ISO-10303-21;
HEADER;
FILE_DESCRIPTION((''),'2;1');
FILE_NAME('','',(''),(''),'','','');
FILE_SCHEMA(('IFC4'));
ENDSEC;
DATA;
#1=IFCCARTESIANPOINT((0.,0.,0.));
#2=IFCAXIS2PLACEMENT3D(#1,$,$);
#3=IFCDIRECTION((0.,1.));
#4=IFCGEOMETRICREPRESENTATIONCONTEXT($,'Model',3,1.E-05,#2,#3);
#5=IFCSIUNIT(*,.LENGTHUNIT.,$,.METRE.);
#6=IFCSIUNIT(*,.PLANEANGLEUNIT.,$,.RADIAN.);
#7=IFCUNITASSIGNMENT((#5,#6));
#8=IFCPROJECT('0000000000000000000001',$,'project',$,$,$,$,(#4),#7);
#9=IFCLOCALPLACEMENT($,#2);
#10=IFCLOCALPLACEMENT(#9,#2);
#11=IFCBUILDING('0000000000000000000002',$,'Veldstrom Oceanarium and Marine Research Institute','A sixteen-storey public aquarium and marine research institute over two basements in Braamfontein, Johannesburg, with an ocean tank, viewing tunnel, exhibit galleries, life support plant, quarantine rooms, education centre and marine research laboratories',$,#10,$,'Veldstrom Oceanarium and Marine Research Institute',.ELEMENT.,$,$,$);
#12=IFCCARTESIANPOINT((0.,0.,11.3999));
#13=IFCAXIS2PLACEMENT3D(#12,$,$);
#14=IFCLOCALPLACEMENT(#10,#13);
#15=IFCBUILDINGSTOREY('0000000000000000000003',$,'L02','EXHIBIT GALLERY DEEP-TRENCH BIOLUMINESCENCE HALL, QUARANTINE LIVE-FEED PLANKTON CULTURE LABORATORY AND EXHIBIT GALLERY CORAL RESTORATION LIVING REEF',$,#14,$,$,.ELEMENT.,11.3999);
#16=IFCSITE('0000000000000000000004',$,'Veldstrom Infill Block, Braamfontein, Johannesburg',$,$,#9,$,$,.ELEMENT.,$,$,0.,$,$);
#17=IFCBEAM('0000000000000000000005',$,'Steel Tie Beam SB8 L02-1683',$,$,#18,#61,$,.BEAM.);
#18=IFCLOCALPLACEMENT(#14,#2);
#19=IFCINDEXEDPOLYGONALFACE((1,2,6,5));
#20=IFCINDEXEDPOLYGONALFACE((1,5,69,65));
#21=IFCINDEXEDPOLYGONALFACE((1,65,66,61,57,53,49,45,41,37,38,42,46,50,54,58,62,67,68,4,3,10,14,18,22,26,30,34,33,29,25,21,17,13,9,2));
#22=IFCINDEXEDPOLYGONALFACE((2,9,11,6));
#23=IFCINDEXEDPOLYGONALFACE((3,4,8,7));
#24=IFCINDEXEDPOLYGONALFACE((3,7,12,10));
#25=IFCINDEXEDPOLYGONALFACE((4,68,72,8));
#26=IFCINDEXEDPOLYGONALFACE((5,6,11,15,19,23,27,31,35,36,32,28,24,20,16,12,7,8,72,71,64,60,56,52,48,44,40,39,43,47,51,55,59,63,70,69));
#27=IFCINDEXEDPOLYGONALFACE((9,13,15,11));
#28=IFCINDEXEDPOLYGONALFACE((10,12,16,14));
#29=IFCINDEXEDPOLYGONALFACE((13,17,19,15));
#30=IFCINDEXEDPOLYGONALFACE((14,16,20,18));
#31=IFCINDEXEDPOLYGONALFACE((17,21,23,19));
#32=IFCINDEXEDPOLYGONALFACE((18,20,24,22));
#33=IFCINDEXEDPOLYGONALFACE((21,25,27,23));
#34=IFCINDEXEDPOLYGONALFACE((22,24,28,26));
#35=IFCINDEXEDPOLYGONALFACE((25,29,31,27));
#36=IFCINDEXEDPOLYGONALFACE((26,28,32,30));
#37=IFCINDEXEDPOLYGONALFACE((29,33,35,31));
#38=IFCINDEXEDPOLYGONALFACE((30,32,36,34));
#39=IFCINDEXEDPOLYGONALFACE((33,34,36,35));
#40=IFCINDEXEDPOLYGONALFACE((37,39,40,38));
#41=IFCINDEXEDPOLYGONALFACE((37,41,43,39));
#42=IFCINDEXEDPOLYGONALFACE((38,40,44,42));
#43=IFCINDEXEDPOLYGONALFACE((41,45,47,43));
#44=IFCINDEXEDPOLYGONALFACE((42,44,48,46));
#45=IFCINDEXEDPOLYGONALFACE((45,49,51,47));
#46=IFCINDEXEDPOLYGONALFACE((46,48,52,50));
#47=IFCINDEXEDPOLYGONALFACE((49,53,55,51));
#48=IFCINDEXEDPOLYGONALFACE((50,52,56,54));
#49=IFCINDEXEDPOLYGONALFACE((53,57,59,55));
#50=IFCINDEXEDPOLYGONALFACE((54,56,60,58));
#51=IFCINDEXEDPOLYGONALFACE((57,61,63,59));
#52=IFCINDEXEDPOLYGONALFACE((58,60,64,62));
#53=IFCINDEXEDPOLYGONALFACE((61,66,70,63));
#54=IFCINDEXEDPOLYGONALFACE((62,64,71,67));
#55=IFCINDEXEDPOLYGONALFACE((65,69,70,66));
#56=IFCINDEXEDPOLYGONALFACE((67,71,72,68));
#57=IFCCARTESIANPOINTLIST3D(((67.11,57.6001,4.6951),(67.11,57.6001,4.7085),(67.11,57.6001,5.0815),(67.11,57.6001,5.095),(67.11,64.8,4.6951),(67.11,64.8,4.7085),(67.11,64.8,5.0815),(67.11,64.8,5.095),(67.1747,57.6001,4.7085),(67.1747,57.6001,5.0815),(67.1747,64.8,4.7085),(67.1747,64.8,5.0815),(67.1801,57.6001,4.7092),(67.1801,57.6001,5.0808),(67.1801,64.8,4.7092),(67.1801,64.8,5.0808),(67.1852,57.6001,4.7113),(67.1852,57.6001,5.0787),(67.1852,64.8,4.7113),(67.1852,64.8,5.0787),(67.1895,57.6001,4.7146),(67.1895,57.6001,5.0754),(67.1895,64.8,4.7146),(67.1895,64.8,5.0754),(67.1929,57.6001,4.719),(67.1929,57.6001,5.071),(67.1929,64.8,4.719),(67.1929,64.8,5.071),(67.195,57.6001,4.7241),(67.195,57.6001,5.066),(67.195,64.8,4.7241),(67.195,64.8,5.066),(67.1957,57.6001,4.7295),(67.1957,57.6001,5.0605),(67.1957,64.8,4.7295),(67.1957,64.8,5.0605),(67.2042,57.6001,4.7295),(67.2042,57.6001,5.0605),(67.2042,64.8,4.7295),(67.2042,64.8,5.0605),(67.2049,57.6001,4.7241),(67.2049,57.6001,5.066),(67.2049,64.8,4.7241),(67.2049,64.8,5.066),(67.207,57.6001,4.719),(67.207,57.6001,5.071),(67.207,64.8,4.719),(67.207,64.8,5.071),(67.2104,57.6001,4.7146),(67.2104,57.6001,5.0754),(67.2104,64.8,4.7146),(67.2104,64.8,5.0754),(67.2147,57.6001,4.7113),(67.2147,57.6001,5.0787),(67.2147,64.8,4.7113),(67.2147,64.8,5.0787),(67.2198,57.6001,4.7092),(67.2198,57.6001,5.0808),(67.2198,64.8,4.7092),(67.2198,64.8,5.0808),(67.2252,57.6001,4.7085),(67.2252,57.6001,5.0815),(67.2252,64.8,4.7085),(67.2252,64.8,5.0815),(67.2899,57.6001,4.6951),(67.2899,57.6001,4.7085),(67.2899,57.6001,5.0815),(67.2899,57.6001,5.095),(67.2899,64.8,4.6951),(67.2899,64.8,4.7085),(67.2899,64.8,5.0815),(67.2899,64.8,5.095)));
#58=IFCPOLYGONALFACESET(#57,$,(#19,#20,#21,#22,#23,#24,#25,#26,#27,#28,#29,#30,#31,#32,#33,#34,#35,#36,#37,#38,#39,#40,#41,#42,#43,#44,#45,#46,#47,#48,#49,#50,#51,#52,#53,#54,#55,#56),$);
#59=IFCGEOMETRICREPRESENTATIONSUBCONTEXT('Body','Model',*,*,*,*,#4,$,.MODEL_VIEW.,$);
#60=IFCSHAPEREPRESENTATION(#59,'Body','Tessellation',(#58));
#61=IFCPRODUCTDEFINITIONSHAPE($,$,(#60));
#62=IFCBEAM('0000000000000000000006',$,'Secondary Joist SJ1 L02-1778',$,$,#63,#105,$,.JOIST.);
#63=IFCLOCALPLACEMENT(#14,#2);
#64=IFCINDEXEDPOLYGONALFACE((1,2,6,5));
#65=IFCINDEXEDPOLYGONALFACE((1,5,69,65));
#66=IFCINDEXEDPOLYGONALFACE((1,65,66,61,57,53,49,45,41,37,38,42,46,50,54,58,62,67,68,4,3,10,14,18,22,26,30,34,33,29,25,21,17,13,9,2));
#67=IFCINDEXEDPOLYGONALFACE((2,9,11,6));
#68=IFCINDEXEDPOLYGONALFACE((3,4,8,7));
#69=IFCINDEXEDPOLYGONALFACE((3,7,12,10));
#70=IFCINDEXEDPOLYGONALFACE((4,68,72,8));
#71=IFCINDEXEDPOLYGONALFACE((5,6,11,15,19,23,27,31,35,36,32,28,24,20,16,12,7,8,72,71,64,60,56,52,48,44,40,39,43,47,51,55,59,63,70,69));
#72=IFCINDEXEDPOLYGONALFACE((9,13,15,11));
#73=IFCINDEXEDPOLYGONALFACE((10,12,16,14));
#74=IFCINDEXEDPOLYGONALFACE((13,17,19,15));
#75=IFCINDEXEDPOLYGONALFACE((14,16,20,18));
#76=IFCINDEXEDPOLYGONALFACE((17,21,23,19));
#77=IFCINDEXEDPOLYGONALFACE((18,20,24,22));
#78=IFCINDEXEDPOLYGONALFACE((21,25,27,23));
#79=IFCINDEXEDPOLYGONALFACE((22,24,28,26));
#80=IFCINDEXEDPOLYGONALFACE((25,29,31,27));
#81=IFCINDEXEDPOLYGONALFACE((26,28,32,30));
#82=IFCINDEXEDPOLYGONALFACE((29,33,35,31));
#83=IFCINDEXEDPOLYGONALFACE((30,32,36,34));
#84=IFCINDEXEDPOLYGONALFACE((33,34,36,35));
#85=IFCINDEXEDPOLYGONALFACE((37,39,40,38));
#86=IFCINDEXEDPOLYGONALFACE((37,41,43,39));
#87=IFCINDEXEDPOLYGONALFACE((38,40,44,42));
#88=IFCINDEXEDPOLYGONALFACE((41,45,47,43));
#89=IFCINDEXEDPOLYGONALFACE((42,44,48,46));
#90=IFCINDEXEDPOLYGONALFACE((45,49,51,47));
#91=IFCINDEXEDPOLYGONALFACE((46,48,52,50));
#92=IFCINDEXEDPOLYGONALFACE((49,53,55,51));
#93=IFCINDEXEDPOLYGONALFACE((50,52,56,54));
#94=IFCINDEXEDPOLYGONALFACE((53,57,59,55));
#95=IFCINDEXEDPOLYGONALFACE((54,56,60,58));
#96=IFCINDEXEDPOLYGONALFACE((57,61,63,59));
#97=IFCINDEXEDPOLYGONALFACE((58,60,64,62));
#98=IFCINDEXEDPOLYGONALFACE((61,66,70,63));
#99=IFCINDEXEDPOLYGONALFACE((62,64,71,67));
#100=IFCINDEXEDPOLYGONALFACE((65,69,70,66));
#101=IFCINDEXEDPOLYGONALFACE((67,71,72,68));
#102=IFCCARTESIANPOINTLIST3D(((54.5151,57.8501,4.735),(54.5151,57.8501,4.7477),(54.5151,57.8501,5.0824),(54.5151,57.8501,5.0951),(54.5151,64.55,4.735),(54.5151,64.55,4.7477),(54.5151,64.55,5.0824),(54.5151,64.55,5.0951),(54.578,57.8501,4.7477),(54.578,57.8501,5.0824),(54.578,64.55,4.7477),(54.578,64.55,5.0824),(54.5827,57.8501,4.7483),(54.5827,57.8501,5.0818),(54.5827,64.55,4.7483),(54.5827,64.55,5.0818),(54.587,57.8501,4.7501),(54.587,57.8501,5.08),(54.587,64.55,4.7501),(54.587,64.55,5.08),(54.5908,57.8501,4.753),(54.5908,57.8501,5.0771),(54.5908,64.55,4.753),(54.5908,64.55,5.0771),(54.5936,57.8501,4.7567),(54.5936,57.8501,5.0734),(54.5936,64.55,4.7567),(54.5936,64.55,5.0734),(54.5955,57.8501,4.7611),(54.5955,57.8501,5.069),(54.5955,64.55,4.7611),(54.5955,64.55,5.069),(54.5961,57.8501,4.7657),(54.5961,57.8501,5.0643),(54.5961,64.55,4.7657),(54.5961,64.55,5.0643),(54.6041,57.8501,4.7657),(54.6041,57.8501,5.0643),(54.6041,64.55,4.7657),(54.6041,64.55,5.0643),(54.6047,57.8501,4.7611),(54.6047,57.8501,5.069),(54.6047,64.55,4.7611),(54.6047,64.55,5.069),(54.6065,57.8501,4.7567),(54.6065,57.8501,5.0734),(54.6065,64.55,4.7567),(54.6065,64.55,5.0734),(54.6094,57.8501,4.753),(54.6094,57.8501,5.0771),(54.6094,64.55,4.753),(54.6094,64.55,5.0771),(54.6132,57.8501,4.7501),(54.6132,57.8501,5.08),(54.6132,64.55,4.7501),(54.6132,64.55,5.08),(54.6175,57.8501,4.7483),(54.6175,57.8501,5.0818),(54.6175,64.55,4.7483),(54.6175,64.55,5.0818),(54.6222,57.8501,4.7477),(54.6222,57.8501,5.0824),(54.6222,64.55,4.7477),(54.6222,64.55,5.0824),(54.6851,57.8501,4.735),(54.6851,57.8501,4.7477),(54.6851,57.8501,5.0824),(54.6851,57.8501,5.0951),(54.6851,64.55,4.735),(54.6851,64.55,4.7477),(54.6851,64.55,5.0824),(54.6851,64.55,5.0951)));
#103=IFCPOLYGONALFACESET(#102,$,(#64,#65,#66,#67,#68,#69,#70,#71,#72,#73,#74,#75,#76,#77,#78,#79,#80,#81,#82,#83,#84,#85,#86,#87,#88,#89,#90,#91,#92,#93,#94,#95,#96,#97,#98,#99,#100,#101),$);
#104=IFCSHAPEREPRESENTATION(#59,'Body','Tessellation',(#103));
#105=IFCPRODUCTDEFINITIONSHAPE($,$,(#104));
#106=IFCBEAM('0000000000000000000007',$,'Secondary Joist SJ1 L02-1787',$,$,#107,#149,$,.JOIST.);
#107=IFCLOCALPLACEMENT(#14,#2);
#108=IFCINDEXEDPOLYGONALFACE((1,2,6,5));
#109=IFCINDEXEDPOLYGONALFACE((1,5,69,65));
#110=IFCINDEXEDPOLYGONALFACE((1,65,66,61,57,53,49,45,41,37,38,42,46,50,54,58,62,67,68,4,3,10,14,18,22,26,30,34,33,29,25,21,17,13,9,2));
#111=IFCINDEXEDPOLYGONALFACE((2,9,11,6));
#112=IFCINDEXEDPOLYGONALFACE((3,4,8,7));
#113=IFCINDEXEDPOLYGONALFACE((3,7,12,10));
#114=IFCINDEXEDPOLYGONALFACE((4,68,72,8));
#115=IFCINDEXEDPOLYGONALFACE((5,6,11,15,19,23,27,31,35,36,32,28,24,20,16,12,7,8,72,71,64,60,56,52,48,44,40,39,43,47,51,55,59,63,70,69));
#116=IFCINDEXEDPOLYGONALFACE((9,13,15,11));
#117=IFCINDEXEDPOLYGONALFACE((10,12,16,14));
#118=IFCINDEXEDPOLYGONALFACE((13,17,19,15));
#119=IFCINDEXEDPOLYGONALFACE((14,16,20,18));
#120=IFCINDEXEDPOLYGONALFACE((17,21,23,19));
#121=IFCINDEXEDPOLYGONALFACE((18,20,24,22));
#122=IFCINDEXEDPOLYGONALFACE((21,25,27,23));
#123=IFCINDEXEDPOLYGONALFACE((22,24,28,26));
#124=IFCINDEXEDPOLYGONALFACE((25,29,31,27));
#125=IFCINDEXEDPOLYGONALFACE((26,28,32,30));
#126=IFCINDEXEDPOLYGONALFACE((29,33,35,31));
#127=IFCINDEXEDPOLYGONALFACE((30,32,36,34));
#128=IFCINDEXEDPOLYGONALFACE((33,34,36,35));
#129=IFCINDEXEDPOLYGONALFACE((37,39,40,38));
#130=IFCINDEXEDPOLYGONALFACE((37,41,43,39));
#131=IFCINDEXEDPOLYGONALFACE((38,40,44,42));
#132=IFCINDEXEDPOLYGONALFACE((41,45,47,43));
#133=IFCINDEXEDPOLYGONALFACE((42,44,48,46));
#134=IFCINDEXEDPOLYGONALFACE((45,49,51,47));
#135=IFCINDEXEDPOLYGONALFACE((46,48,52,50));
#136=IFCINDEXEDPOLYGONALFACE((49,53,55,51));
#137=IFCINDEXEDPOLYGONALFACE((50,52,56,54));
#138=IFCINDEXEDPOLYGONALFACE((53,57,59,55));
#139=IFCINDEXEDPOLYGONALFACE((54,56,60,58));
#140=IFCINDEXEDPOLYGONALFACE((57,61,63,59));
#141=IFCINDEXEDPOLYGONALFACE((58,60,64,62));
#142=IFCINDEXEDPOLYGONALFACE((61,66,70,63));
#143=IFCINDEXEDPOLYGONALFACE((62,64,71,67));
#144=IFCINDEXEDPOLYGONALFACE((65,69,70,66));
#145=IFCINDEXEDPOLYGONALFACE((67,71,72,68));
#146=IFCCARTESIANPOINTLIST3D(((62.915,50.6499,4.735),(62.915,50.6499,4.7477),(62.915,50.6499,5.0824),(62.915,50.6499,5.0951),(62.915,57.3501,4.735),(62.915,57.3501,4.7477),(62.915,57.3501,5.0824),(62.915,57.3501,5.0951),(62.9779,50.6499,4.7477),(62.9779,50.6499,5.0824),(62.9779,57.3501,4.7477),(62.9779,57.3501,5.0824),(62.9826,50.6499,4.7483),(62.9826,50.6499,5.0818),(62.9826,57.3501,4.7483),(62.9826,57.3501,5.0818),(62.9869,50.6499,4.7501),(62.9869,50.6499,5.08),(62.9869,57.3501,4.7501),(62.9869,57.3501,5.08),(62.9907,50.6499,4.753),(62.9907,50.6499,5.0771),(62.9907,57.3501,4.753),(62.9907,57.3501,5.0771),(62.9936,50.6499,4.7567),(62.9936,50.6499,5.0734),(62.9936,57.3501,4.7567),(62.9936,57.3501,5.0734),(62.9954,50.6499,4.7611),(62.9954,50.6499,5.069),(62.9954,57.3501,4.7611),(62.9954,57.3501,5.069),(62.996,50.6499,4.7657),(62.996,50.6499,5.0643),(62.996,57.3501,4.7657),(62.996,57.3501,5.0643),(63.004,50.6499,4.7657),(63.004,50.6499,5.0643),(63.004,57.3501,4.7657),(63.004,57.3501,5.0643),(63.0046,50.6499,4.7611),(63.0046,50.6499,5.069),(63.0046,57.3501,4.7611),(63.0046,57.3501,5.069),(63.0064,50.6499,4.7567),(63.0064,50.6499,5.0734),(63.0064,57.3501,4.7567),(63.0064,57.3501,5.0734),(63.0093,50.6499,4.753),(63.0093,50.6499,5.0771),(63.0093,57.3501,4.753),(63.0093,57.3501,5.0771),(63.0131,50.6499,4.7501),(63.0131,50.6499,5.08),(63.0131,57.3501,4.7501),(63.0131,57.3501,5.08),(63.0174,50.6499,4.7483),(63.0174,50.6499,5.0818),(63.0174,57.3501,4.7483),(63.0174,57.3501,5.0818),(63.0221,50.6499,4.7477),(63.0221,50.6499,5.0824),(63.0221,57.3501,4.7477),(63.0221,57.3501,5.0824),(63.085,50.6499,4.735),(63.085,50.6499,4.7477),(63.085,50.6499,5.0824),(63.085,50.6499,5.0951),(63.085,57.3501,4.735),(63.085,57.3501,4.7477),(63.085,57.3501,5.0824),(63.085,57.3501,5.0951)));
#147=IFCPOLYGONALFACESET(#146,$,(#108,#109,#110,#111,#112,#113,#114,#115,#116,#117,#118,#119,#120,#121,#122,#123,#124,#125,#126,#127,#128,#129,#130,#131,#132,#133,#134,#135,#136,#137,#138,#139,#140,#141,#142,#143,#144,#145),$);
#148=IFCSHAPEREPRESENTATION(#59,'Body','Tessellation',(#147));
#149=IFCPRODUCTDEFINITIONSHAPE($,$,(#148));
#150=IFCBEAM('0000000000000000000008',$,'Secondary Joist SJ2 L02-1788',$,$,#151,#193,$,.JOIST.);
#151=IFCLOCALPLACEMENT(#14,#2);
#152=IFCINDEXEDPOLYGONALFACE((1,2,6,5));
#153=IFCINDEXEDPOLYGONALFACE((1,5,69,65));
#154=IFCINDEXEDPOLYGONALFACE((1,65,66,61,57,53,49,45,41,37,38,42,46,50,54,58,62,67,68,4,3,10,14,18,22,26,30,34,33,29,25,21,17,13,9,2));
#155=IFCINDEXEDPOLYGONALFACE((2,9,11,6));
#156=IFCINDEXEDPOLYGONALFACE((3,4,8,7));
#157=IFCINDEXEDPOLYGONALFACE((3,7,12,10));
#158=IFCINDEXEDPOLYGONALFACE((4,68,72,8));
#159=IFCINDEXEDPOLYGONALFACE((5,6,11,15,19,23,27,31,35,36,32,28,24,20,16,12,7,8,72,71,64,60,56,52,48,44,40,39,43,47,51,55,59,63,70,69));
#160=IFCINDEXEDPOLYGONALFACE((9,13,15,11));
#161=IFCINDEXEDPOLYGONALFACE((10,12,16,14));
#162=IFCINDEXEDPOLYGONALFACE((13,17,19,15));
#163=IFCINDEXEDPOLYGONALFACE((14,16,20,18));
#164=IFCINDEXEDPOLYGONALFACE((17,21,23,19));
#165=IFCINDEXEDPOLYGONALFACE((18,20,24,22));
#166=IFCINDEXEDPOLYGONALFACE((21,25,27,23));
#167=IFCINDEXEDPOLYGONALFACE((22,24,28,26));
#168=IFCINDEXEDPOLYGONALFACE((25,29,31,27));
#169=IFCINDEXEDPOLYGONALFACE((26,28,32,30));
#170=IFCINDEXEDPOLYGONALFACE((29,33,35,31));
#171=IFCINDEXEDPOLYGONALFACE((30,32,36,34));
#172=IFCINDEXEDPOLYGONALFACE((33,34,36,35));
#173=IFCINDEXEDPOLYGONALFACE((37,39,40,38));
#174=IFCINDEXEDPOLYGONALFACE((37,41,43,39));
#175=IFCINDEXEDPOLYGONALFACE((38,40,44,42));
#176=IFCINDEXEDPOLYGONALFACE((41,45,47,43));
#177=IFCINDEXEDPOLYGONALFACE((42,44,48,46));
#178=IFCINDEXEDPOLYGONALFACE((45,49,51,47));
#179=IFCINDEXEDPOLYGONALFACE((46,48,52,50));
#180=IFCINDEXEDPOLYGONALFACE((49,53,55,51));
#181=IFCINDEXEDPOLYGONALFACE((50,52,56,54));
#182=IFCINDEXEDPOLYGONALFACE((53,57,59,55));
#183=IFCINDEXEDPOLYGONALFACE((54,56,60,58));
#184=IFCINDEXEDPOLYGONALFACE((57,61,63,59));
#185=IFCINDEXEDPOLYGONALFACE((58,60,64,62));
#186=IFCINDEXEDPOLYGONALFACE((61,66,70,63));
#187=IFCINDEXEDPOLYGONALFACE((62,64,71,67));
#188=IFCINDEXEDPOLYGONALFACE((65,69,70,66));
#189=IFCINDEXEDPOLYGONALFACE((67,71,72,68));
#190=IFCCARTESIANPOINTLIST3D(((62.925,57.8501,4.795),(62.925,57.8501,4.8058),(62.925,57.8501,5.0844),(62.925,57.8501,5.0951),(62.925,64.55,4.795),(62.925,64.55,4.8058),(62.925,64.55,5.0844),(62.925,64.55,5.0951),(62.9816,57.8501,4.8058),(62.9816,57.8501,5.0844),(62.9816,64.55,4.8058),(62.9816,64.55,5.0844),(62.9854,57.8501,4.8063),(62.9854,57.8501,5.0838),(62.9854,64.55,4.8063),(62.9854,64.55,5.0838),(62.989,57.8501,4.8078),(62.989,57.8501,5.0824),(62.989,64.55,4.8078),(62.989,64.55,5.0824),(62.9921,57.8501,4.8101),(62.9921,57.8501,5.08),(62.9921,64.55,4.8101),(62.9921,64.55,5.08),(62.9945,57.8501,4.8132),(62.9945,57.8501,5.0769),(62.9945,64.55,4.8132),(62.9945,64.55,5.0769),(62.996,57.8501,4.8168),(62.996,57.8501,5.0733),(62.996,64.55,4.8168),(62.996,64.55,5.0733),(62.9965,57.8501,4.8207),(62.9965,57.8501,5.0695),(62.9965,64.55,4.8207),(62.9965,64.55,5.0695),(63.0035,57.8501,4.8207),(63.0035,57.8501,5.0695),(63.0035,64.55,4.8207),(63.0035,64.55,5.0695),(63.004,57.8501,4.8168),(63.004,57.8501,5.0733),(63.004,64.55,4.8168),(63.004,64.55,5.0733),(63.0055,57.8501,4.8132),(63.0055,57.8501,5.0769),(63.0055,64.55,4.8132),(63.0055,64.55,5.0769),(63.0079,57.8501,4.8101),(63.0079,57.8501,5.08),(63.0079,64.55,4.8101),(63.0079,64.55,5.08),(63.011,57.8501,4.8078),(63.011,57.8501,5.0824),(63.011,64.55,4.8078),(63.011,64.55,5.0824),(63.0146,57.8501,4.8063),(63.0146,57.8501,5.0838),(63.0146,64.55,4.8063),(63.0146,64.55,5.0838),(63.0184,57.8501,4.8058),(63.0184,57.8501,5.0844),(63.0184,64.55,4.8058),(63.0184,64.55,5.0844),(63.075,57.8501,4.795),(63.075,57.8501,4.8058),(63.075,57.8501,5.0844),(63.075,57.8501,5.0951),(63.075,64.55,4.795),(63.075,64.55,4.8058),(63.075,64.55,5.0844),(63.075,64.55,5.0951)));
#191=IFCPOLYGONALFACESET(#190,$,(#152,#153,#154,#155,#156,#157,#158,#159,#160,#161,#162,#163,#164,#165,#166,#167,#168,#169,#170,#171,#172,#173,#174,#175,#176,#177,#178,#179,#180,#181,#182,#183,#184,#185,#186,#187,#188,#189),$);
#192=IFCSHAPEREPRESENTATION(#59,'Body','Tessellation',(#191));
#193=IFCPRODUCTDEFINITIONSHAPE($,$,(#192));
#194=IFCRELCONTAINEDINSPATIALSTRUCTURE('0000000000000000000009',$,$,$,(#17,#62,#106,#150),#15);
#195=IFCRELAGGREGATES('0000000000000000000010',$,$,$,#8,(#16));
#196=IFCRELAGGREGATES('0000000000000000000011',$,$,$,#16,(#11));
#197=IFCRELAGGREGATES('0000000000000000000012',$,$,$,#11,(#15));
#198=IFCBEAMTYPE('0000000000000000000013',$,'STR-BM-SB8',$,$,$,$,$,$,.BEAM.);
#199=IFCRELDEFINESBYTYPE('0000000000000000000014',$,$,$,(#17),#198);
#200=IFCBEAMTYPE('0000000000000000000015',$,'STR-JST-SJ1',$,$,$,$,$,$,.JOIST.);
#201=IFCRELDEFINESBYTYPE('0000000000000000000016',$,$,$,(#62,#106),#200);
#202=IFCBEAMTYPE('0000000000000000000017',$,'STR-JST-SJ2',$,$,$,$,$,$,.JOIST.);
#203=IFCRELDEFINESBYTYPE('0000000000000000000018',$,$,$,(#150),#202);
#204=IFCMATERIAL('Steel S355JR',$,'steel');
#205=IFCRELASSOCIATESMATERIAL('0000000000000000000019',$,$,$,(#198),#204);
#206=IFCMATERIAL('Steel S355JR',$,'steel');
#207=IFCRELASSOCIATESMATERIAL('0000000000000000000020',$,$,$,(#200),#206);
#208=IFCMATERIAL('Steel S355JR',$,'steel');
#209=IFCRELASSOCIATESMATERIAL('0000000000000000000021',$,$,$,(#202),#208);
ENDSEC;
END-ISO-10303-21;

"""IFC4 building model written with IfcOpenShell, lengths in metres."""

from ifc_helpers import new_model, si_unit, direction, frame, origin, origin_2d, place, context, subcontext, project, spatial, i_section, extrude, material, material_profile, profile_set, type_object, element, save


model = new_model("IFC4")

# Units and contexts
model_context = context("Model", 3, precision=1e-05, world=origin(), true_north=direction((0.0, 1.0)))
body_context = subcontext(model_context, "Body", "Model", "MODEL_VIEW")
ifc_project = project(units=[si_unit("LENGTHUNIT", "METRE"), si_unit("PLANEANGLEUNIT", "RADIAN")], contexts=[model_context])

# Site, building, storey
site_placement = place(None, origin())
site = spatial("IfcSite", under=ifc_project, at=site_placement, Name="Veldstrom Infill Block, Braamfontein, Johannesburg", CompositionType="ELEMENT", RefElevation=0.0)
building_placement = place(site_placement, origin())
building = spatial("IfcBuilding", under=site, at=building_placement, Name="Veldstrom Oceanarium and Marine Research Institute", Description="A sixteen-storey public aquarium and marine research institute over two basements in Braamfontein, Johannesburg, with an ocean tank, viewing tunnel, exhibit galleries, life support plant, quarantine rooms, education centre and marine research laboratories", LongName="Veldstrom Oceanarium and Marine Research Institute", CompositionType="ELEMENT")
storey_placement = place(building_placement, frame((0.0, 0.0, 11.3999)))
storey = spatial("IfcBuildingStorey", under=building, at=storey_placement, Name="L02", Description="EXHIBIT GALLERY DEEP-TRENCH BIOLUMINESCENCE HALL, QUARANTINE LIVE-FEED PLANKTON CULTURE LABORATORY AND EXHIBIT GALLERY CORAL RESTORATION LIVING REEF", CompositionType="ELEMENT", Elevation=11.3999)

# Beams
ifc_material_1 = material(Name="Steel S355JR", Category="steel")
ifc_material_profile_1 = material_profile(ifc_material_1, i_section(OverallWidth=0.1799, OverallDepth=0.3999, WebThickness=0.0085, FlangeThickness=0.0134, FilletRadius=0.021, at=origin_2d()), Name="IPE 400")
ifc_profile_set_1 = profile_set([ifc_material_profile_1], Name="Steel S355JR")
beam_type_1 = type_object("IfcBeamType", Name="STR-BM-SB8", PredefinedType="BEAM", material=ifc_profile_set_1)
for number, where, z_axis, x_axis, name in (
    (1, (67.2, 57.6001, 4.895), (0.0, 1.0, 0.0), (-1.0, 0.0, 0.0), "Steel Tie Beam SB8 L02-1683"),
):
    element("IfcBeam", number, at=place(storey_placement, frame(where, z_axis=z_axis, x_axis=x_axis)), inside=storey, type_object=beam_type_1, Name=name, PredefinedType="BEAM", context=body_context, shape_type="SweptSolid", body=[
        extrude(i_section(OverallWidth=0.1799, OverallDepth=0.3999, WebThickness=0.0085, FlangeThickness=0.0134, FilletRadius=0.021, at=origin_2d()), origin(), (0.0, 0.0, 1.0), 7.2),
    ])
ifc_material_2 = material(Name="Steel S355JR", Category="steel")
ifc_material_profile_2 = material_profile(ifc_material_2, i_section(OverallWidth=0.1699, OverallDepth=0.3601, WebThickness=0.0081, FlangeThickness=0.0127, FilletRadius=0.0181, at=origin_2d()), Name="IPE 360")
ifc_profile_set_2 = profile_set([ifc_material_profile_2], Name="Steel S355JR")
beam_type_2 = type_object("IfcBeamType", Name="STR-JST-SJ1", PredefinedType="JOIST", material=ifc_profile_set_2)
beam_1_placement = place(storey_placement, frame((54.6001, 57.8501, 4.915), z_axis=(0.0, 1.0, 0.0), x_axis=(-1.0, 0.0, 0.0)))
element("IfcBeam", 2, at=beam_1_placement, inside=storey, type_object=beam_type_2, Name="Secondary Joist SJ1 L02-1778", PredefinedType="JOIST", context=body_context, shape_type="SweptSolid", body=[
    extrude(i_section(OverallWidth=0.1699, OverallDepth=0.3601, WebThickness=0.0081, FlangeThickness=0.0127, FilletRadius=0.0181, at=origin_2d()), origin(), (0.0, 0.0, 1.0), 6.7),
])
beam_2_placement = place(storey_placement, frame((63.0, 50.6499, 4.915), z_axis=(0.0, 1.0, 0.0), x_axis=(-1.0, 0.0, 0.0)))
element("IfcBeam", 3, at=beam_2_placement, inside=storey, type_object=beam_type_2, Name="Secondary Joist SJ1 L02-1787", PredefinedType="JOIST", context=body_context, shape_type="SweptSolid", body=[
    extrude(i_section(OverallWidth=0.1699, OverallDepth=0.3601, WebThickness=0.0081, FlangeThickness=0.0127, FilletRadius=0.0181, at=origin_2d()), origin(), (0.0, 0.0, 1.0), 6.7002),
])
ifc_material_3 = material(Name="Steel S355JR", Category="steel")
ifc_material_profile_3 = material_profile(ifc_material_3, i_section(OverallWidth=0.1499, OverallDepth=0.3, WebThickness=0.0071, FlangeThickness=0.0107, FilletRadius=0.0149, at=origin_2d()), Name="IPE 300")
ifc_profile_set_3 = profile_set([ifc_material_profile_3], Name="Steel S355JR")
beam_type_3 = type_object("IfcBeamType", Name="STR-JST-SJ2", PredefinedType="JOIST", material=ifc_profile_set_3)
beam_3_placement = place(storey_placement, frame((63.0, 57.8501, 4.9451), z_axis=(0.0, 1.0, 0.0), x_axis=(-1.0, 0.0, 0.0)))
element("IfcBeam", 4, at=beam_3_placement, inside=storey, type_object=beam_type_3, Name="Secondary Joist SJ2 L02-1788", PredefinedType="JOIST", context=body_context, shape_type="SweptSolid", body=[
    extrude(i_section(OverallWidth=0.1499, OverallDepth=0.3, WebThickness=0.0071, FlangeThickness=0.0107, FilletRadius=0.0149, at=origin_2d()), origin(), (0.0, 0.0, 1.0), 6.7),
])

save(model, "model.ifc")
